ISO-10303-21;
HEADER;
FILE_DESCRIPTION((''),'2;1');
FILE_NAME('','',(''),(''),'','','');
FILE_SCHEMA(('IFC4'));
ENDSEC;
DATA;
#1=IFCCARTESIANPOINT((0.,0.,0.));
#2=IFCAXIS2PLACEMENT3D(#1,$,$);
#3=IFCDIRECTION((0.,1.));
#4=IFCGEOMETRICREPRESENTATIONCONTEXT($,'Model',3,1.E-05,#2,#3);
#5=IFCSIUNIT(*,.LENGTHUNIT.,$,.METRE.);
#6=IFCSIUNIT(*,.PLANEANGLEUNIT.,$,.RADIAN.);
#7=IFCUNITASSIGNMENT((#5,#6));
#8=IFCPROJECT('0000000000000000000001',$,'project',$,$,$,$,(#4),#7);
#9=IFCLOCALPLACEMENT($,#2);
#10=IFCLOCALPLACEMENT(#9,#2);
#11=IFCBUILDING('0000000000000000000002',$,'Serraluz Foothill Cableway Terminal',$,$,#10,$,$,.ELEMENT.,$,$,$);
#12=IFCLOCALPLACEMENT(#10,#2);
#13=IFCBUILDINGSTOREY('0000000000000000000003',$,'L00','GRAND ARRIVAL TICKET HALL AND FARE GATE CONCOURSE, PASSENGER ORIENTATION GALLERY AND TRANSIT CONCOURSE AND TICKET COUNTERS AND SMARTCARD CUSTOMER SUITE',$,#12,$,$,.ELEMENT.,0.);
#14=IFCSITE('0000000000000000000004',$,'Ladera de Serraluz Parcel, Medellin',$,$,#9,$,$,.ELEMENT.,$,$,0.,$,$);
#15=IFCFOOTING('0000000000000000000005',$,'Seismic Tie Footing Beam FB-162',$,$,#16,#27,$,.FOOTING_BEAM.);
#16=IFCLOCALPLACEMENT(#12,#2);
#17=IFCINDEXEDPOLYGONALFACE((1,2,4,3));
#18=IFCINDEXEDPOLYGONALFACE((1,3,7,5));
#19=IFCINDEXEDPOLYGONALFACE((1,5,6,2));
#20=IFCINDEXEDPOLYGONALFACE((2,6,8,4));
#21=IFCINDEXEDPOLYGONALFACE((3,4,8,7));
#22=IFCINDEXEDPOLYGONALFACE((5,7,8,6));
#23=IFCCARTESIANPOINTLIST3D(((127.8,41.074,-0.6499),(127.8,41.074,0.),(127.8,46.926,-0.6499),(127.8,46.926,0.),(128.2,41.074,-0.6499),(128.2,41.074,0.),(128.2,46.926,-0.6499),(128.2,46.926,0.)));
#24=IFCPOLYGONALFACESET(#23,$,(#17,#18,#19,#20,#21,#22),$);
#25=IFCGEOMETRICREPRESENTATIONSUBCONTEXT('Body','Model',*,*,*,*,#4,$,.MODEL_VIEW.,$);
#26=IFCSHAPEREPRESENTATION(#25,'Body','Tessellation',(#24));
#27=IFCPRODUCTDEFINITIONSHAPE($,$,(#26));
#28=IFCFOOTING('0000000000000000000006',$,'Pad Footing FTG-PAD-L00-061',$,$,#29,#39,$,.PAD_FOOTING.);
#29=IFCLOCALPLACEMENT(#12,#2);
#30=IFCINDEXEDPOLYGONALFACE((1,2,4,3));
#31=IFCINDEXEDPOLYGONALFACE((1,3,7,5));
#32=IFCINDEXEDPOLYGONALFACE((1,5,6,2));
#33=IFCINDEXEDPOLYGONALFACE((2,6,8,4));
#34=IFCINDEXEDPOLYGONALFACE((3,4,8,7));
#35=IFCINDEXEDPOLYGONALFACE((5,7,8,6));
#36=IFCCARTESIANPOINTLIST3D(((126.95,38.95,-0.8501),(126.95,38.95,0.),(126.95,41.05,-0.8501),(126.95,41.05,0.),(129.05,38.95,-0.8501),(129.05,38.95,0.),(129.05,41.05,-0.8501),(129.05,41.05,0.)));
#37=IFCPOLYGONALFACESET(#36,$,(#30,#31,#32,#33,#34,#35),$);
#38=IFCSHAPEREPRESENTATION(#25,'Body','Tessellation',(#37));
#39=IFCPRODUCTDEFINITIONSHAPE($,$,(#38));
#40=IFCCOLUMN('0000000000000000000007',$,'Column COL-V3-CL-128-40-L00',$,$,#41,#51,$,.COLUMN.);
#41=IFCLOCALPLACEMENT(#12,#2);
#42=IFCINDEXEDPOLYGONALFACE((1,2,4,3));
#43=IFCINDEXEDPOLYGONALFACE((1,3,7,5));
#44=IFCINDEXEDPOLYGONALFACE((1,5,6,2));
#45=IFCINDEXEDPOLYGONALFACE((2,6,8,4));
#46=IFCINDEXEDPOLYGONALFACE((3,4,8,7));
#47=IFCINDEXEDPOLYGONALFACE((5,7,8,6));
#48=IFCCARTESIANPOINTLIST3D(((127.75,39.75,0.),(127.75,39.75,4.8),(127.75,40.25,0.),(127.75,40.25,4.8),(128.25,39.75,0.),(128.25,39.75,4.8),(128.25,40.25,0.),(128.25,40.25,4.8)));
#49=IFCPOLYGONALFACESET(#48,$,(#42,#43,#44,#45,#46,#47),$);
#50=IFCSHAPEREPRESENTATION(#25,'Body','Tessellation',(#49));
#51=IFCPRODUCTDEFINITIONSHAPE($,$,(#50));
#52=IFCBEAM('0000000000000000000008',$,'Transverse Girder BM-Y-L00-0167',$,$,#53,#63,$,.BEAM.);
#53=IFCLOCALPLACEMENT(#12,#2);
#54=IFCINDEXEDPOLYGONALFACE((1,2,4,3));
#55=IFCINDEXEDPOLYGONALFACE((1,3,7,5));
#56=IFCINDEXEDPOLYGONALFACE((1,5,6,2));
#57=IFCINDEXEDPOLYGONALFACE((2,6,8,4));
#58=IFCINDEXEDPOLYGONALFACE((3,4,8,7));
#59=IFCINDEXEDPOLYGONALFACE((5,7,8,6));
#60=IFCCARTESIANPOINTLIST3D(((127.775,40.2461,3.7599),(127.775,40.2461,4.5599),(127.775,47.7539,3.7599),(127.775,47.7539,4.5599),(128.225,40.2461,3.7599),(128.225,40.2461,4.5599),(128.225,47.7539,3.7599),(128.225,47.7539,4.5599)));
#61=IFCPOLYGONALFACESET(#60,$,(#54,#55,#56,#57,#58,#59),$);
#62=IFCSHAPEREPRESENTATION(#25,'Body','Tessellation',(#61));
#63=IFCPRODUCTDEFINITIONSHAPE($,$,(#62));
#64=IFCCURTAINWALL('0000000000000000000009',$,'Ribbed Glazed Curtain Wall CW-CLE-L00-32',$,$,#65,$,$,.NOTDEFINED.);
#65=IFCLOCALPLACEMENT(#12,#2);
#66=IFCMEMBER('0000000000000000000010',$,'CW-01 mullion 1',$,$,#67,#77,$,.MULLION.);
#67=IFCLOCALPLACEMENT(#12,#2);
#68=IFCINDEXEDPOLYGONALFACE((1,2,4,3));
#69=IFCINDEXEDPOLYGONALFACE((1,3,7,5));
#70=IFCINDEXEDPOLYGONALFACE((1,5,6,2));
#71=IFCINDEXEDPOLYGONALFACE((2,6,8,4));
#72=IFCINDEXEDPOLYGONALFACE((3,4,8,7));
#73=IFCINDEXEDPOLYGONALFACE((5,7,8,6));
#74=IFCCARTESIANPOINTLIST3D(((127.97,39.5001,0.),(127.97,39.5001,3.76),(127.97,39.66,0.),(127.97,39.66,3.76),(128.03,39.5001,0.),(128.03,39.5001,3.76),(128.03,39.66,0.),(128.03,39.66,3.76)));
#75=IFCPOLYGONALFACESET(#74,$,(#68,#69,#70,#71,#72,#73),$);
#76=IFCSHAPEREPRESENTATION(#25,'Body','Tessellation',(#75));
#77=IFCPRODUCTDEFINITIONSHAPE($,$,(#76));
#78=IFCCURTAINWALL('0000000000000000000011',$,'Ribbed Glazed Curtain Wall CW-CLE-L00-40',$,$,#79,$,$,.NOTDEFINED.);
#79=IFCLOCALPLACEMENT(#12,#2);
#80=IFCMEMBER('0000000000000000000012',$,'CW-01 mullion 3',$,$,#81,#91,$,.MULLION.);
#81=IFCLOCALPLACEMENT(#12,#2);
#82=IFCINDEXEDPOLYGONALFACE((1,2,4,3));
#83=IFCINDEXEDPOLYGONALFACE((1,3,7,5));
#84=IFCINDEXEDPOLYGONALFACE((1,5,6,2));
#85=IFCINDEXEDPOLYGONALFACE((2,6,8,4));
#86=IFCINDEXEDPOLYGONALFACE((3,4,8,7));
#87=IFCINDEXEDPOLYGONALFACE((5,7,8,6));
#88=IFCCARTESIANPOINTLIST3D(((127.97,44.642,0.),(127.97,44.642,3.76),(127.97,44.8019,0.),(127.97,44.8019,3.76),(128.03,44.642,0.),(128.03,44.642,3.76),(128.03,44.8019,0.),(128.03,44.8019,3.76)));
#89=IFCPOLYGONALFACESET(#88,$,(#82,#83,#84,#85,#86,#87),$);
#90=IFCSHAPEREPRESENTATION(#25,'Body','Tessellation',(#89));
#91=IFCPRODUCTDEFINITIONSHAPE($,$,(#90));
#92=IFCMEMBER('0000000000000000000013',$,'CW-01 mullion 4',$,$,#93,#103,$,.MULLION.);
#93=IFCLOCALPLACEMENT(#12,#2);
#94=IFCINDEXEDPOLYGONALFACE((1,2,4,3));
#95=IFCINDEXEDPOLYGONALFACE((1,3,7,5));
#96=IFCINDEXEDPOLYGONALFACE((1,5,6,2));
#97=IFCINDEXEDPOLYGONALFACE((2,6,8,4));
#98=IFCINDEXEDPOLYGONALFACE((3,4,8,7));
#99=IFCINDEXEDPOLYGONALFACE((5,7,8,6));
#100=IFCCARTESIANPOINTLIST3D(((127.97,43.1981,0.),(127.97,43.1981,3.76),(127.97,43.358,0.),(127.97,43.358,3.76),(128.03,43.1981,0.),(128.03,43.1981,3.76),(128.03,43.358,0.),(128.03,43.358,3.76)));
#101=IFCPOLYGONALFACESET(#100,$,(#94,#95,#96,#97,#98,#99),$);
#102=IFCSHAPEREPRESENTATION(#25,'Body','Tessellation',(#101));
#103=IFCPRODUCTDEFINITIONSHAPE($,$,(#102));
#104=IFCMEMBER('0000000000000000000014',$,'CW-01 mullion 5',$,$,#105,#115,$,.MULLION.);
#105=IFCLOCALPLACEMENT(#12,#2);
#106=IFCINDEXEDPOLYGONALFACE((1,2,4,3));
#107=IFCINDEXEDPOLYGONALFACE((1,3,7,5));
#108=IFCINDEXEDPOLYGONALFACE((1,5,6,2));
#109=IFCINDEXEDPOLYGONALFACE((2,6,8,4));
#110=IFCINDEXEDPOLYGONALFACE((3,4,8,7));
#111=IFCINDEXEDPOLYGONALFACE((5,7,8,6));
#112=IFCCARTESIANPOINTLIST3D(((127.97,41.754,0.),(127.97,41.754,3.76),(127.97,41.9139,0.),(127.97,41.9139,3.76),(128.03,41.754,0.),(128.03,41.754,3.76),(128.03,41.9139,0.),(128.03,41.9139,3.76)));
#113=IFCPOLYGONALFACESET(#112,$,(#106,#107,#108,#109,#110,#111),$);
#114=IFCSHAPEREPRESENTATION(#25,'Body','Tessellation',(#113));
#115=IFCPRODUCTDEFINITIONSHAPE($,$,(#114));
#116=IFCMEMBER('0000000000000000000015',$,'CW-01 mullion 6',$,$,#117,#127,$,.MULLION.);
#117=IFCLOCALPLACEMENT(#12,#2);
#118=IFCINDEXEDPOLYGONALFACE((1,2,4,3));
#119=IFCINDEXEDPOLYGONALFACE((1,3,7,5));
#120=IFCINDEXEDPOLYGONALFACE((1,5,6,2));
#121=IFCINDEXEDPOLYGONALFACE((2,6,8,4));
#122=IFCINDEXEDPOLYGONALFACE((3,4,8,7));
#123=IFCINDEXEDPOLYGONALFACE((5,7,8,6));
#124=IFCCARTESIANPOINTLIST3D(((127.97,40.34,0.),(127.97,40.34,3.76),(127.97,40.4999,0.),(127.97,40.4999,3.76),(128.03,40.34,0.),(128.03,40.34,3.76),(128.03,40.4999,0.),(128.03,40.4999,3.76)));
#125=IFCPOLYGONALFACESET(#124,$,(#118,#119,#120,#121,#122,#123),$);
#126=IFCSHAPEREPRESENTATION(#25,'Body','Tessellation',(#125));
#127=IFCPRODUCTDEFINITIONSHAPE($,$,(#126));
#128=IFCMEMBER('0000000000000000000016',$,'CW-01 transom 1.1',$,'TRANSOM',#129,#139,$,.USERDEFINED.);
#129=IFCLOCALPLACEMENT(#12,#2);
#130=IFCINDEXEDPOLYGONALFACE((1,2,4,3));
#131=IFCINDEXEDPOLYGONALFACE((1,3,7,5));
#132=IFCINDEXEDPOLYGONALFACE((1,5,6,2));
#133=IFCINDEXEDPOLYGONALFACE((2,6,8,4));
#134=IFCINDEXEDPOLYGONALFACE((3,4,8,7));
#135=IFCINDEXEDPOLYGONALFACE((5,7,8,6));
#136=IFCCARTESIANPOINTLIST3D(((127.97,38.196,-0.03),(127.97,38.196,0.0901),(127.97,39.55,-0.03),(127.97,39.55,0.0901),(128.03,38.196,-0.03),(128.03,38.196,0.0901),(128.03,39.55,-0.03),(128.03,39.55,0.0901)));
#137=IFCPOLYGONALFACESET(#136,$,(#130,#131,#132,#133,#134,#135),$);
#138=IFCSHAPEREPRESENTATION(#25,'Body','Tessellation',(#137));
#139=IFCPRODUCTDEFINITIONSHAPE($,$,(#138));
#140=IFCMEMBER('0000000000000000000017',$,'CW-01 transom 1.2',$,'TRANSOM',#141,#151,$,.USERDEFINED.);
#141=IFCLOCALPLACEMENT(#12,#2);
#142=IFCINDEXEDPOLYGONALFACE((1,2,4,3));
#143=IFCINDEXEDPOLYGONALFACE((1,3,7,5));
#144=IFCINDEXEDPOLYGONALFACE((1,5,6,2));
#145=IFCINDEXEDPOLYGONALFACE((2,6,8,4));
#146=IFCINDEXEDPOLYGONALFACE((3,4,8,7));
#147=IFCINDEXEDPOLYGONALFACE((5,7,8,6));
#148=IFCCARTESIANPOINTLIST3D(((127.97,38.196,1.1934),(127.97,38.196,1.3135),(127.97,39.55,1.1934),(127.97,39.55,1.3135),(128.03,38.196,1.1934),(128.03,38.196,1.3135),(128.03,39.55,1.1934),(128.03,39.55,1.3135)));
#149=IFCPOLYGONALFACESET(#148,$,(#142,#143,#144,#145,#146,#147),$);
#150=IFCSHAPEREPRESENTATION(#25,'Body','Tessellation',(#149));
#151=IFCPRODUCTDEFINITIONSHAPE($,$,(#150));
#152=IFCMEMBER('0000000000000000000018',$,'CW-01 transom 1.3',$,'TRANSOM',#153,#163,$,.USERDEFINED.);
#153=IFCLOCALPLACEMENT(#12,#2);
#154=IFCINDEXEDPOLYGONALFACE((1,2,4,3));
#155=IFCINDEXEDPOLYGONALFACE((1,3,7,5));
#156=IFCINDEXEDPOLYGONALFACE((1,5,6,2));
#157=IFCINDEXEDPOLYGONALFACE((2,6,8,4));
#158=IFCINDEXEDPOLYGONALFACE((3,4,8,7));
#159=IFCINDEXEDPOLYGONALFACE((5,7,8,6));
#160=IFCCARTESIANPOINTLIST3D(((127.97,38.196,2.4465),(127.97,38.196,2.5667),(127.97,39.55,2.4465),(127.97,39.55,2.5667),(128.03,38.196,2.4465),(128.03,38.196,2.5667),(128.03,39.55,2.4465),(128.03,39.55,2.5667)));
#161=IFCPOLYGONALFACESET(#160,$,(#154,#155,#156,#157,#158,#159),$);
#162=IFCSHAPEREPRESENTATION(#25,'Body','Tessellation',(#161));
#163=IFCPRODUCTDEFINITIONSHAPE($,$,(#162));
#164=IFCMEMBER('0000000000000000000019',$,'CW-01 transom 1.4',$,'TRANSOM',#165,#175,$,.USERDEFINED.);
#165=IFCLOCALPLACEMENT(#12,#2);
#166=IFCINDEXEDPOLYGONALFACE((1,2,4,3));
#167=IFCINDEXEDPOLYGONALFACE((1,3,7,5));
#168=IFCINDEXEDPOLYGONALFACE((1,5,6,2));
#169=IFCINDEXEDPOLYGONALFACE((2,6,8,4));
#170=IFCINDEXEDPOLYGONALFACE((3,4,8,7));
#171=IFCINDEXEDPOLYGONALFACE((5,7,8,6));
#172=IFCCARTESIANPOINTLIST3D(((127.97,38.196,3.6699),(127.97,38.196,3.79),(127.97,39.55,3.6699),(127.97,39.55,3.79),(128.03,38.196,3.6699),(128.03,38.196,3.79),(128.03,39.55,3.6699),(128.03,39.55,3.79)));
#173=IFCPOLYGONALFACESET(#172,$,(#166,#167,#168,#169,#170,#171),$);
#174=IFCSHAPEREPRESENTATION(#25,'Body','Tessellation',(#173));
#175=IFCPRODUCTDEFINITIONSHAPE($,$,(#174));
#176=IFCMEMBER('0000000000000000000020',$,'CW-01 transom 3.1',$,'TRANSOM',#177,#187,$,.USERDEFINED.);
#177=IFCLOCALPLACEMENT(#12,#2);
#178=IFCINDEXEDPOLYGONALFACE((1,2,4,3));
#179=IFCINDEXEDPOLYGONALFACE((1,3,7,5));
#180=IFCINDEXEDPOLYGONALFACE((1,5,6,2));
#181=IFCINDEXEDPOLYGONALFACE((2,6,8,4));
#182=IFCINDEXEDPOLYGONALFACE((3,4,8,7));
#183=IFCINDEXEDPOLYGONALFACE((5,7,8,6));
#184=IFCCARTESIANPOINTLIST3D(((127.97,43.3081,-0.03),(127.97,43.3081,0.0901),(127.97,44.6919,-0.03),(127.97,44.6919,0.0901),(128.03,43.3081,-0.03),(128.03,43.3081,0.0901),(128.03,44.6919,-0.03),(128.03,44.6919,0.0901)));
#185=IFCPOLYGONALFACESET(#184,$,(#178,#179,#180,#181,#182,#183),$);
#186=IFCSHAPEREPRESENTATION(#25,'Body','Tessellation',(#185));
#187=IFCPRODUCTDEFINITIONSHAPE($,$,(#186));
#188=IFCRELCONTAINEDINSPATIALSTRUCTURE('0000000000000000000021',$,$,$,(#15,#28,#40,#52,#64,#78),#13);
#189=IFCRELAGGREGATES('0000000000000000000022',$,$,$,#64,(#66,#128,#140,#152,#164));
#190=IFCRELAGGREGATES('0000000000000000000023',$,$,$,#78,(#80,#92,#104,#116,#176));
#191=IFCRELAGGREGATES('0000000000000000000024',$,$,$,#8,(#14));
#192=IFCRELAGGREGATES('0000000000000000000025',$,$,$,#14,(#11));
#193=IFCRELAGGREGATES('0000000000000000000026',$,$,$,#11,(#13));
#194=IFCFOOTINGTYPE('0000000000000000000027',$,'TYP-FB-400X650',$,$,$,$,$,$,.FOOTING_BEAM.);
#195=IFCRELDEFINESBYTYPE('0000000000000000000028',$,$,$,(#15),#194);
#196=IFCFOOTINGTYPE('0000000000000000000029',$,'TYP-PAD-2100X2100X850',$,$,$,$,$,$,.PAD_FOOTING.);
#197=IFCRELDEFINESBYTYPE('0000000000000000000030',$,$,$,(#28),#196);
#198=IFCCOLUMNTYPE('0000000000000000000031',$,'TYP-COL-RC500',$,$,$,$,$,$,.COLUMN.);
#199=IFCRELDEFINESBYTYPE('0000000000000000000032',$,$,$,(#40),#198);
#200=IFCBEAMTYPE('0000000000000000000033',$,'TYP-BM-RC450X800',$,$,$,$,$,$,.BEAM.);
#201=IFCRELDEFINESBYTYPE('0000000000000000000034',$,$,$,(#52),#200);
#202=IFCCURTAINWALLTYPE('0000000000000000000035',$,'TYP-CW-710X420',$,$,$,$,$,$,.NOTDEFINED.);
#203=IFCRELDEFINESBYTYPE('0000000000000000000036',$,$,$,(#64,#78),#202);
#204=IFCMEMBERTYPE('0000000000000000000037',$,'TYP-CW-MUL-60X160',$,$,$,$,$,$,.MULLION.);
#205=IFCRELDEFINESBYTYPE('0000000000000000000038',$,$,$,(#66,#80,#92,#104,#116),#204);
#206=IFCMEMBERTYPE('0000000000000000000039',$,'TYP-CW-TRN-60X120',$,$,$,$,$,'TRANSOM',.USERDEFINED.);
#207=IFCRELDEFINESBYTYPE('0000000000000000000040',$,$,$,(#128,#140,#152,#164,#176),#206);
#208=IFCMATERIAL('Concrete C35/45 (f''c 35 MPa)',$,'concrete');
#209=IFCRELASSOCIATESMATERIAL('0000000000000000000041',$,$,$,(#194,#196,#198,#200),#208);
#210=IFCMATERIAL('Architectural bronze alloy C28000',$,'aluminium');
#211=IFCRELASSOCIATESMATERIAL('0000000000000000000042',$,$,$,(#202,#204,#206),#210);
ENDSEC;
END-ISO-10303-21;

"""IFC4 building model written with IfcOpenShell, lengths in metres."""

from ifc_helpers import new_model, si_unit, direction, frame, origin, origin_2d, place, context, subcontext, project, spatial, rectangle, extrude, material, material_profile, profile_set, type_object, element, aggregate, save


model = new_model("IFC4")

# Units and contexts
model_context = context("Model", 3, precision=1e-05, world=origin(), true_north=direction((0.0, 1.0)))
body_context = subcontext(model_context, "Body", "Model", "MODEL_VIEW")
ifc_project = project(units=[si_unit("LENGTHUNIT", "METRE"), si_unit("PLANEANGLEUNIT", "RADIAN")], contexts=[model_context])

# Site, building, storey
site_placement = place(None, origin())
site = spatial("IfcSite", under=ifc_project, at=site_placement, Name="Ladera de Serraluz Parcel, Medellin", CompositionType="ELEMENT", RefElevation=0.0)
building_placement = place(site_placement, origin())
building = spatial("IfcBuilding", under=site, at=building_placement, Name="Serraluz Foothill Cableway Terminal", CompositionType="ELEMENT")
storey_placement = place(building_placement, origin())
storey = spatial("IfcBuildingStorey", under=building, at=storey_placement, Name="L00", Description="GRAND ARRIVAL TICKET HALL AND FARE GATE CONCOURSE, PASSENGER ORIENTATION GALLERY AND TRANSIT CONCOURSE AND TICKET COUNTERS AND SMARTCARD CUSTOMER SUITE", CompositionType="ELEMENT", Elevation=0.0)

# Footings
ifc_material_1 = material(Name="Concrete C35/45 (f'c 35 MPa)", Category="concrete")
ifc_material_profile_1 = material_profile(ifc_material_1, rectangle(XDim=0.3999, YDim=0.6499, at=origin_2d()), Name="RC 400x650")
ifc_profile_set_1 = profile_set([ifc_material_profile_1], Name="Concrete C35/45 (f'c 35 MPa)")
footing_type_1 = type_object("IfcFootingType", Name="TYP-FB-400X650", PredefinedType="FOOTING_BEAM", material=ifc_profile_set_1)
footing_1_placement = place(storey_placement, frame((128.0, 41.074, -0.325), z_axis=(0.0, 1.0, 0.0), x_axis=(-1.0, 0.0, 0.0)))
element("IfcFooting", 1, at=footing_1_placement, inside=storey, type_object=footing_type_1, Name="Seismic Tie Footing Beam FB-162", PredefinedType="FOOTING_BEAM", context=body_context, shape_type="SweptSolid", body=[
    extrude(rectangle(XDim=0.3999, YDim=0.6499, at=origin_2d()), origin(), (0.0, 0.0, 1.0), 5.8521),
])
footing_type_2 = type_object("IfcFootingType", Name="TYP-PAD-2100X2100X850", PredefinedType="PAD_FOOTING", material=ifc_material_1)
footing_2_placement = place(storey_placement, frame((128.0, 40.0, -0.8501), z_axis=(0.0, 0.0, 1.0), x_axis=(1.0, 0.0, 0.0)))
element("IfcFooting", 2, at=footing_2_placement, inside=storey, type_object=footing_type_2, Name="Pad Footing FTG-PAD-L00-061", PredefinedType="PAD_FOOTING", context=body_context, shape_type="SweptSolid", body=[
    extrude(rectangle(XDim=2.1001, YDim=2.1001, at=origin_2d()), origin(), (0.0, 0.0, 1.0), 0.8501),
])

# Column
ifc_material_profile_2 = material_profile(ifc_material_1, rectangle(XDim=0.5, YDim=0.5, at=origin_2d()), Name="RC 500x500")
ifc_profile_set_2 = profile_set([ifc_material_profile_2], Name="Concrete C35/45 (f'c 35 MPa)")
column_type = type_object("IfcColumnType", Name="TYP-COL-RC500", PredefinedType="COLUMN", material=ifc_profile_set_2)
column_placement = place(storey_placement, frame((128.0, 40.0, 0.0), z_axis=(0.0, 0.0, 1.0), x_axis=(1.0, 0.0, 0.0)))
element("IfcColumn", 3, at=column_placement, inside=storey, type_object=column_type, Name="Column COL-V3-CL-128-40-L00", PredefinedType="COLUMN", context=body_context, shape_type="SweptSolid", body=[
    extrude(rectangle(XDim=0.5, YDim=0.5, at=origin_2d()), origin(), (0.0, 0.0, 1.0), 4.8),
])

# Beam
ifc_material_profile_3 = material_profile(ifc_material_1, rectangle(XDim=0.45, YDim=0.8, at=origin_2d()), Name="RC 450x800")
ifc_profile_set_3 = profile_set([ifc_material_profile_3], Name="Concrete C35/45 (f'c 35 MPa)")
beam_type = type_object("IfcBeamType", Name="TYP-BM-RC450X800", PredefinedType="BEAM", material=ifc_profile_set_3)
beam_placement = place(storey_placement, frame((128.0, 40.2461, 4.1599), z_axis=(0.0, 1.0, 0.0), x_axis=(-1.0, 0.0, 0.0)))
element("IfcBeam", 4, at=beam_placement, inside=storey, type_object=beam_type, Name="Transverse Girder BM-Y-L00-0167", PredefinedType="BEAM", context=body_context, shape_type="SweptSolid", body=[
    extrude(rectangle(XDim=0.45, YDim=0.8, at=origin_2d()), origin(), (0.0, 0.0, 1.0), 7.5078),
])

# Curtain wall, member
ifc_material_2 = material(Name="Architectural bronze alloy C28000", Category="aluminium")
curtain_wall_type = type_object("IfcCurtainWallType", Name="TYP-CW-710X420", PredefinedType="NOTDEFINED", material=ifc_material_2)
curtain_wall_1_placement = place(storey_placement, origin())
curtain_wall_1 = element("IfcCurtainWall", 5, at=curtain_wall_1_placement, inside=storey, type_object=curtain_wall_type, Name="Ribbed Glazed Curtain Wall CW-CLE-L00-32", PredefinedType="NOTDEFINED")
ifc_material_profile_4 = material_profile(ifc_material_2, rectangle(XDim=0.0601, YDim=0.1599, at=origin_2d()), Name="ALU MULLION 60x160")
ifc_profile_set_4 = profile_set([ifc_material_profile_4], Name="Architectural bronze alloy C28000")
member_type_1 = type_object("IfcMemberType", Name="TYP-CW-MUL-60X160", PredefinedType="MULLION", material=ifc_profile_set_4)
member_1_placement = place(storey_placement, frame((128.0, 39.5801, 0.0), z_axis=(0.0, 0.0, 1.0), x_axis=(1.0, 0.0, 0.0)))
member_1 = element("IfcMember", 6, at=member_1_placement, type_object=member_type_1, Name="CW-01 mullion 1", PredefinedType="MULLION", context=body_context, shape_type="SweptSolid", body=[
    extrude(rectangle(XDim=0.0601, YDim=0.1599, at=origin_2d()), origin(), (0.0, 0.0, 1.0), 3.76),
])

# Curtain wall, members
curtain_wall_2_placement = place(storey_placement, origin())
curtain_wall_2 = element("IfcCurtainWall", 7, at=curtain_wall_2_placement, inside=storey, type_object=curtain_wall_type, Name="Ribbed Glazed Curtain Wall CW-CLE-L00-40", PredefinedType="NOTDEFINED")
member_2_placement = place(storey_placement, frame((128.0, 44.7219, 0.0), z_axis=(0.0, 0.0, 1.0), x_axis=(1.0, 0.0, 0.0)))
member_2 = element("IfcMember", 8, at=member_2_placement, type_object=member_type_1, Name="CW-01 mullion 3", PredefinedType="MULLION", context=body_context, shape_type="SweptSolid", body=[
    extrude(rectangle(XDim=0.0601, YDim=0.1599, at=origin_2d()), origin(), (0.0, 0.0, 1.0), 3.76),
])
member_3_placement = place(storey_placement, frame((128.0, 43.2781, 0.0), z_axis=(0.0, 0.0, 1.0), x_axis=(1.0, 0.0, 0.0)))
member_3 = element("IfcMember", 9, at=member_3_placement, type_object=member_type_1, Name="CW-01 mullion 4", PredefinedType="MULLION", context=body_context, shape_type="SweptSolid", body=[
    extrude(rectangle(XDim=0.0601, YDim=0.1599, at=origin_2d()), origin(), (0.0, 0.0, 1.0), 3.76),
])
member_4_placement = place(storey_placement, frame((128.0, 41.834, 0.0), z_axis=(0.0, 0.0, 1.0), x_axis=(1.0, 0.0, 0.0)))
member_4 = element("IfcMember", 10, at=member_4_placement, type_object=member_type_1, Name="CW-01 mullion 5", PredefinedType="MULLION", context=body_context, shape_type="SweptSolid", body=[
    extrude(rectangle(XDim=0.0601, YDim=0.1599, at=origin_2d()), origin(), (0.0, 0.0, 1.0), 3.76),
])
member_5_placement = place(storey_placement, frame((128.0, 40.4199, 0.0), z_axis=(0.0, 0.0, 1.0), x_axis=(1.0, 0.0, 0.0)))
member_5 = element("IfcMember", 11, at=member_5_placement, type_object=member_type_1, Name="CW-01 mullion 6", PredefinedType="MULLION", context=body_context, shape_type="SweptSolid", body=[
    extrude(rectangle(XDim=0.0601, YDim=0.1599, at=origin_2d()), origin(), (0.0, 0.0, 1.0), 3.76),
])

# Members
ifc_material_profile_5 = material_profile(ifc_material_2, rectangle(XDim=0.0601, YDim=0.1201, at=origin_2d()), Name="ALU TRANSOM 60x120")
ifc_profile_set_5 = profile_set([ifc_material_profile_5], Name="Architectural bronze alloy C28000")
member_type_2 = type_object("IfcMemberType", Name="TYP-CW-TRN-60X120", ElementType="TRANSOM", PredefinedType="USERDEFINED", material=ifc_profile_set_5)
member_6_placement = place(storey_placement, frame((128.0, 39.55, 0.03), z_axis=(0.0, -1.0, 0.0), x_axis=(1.0, 0.0, 0.0)))
member_6 = element("IfcMember", 12, at=member_6_placement, type_object=member_type_2, Name="CW-01 transom 1.1", ObjectType="TRANSOM", PredefinedType="USERDEFINED", context=body_context, shape_type="SweptSolid", body=[
    extrude(rectangle(XDim=0.0601, YDim=0.1201, at=origin_2d()), origin(), (0.0, 0.0, 1.0), 1.354),
])
member_7_placement = place(storey_placement, frame((128.0, 39.55, 1.2534), z_axis=(0.0, -1.0, 0.0), x_axis=(1.0, 0.0, 0.0)))
member_7 = element("IfcMember", 13, at=member_7_placement, type_object=member_type_2, Name="CW-01 transom 1.2", ObjectType="TRANSOM", PredefinedType="USERDEFINED", context=body_context, shape_type="SweptSolid", body=[
    extrude(rectangle(XDim=0.0601, YDim=0.1201, at=origin_2d()), origin(), (0.0, 0.0, 1.0), 1.354),
])
member_8_placement = place(storey_placement, frame((128.0, 39.55, 2.5066), z_axis=(0.0, -1.0, 0.0), x_axis=(1.0, 0.0, 0.0)))
member_8 = element("IfcMember", 14, at=member_8_placement, type_object=member_type_2, Name="CW-01 transom 1.3", ObjectType="TRANSOM", PredefinedType="USERDEFINED", context=body_context, shape_type="SweptSolid", body=[
    extrude(rectangle(XDim=0.0601, YDim=0.1201, at=origin_2d()), origin(), (0.0, 0.0, 1.0), 1.354),
])
member_9_placement = place(storey_placement, frame((128.0, 39.55, 3.73), z_axis=(0.0, -1.0, 0.0), x_axis=(1.0, 0.0, 0.0)))
member_9 = element("IfcMember", 15, at=member_9_placement, type_object=member_type_2, Name="CW-01 transom 1.4", ObjectType="TRANSOM", PredefinedType="USERDEFINED", context=body_context, shape_type="SweptSolid", body=[
    extrude(rectangle(XDim=0.0601, YDim=0.1201, at=origin_2d()), origin(), (0.0, 0.0, 1.0), 1.354),
])
member_10_placement = place(storey_placement, frame((128.0, 44.6919, 0.03), z_axis=(0.0, -1.0, 0.0), x_axis=(1.0, 0.0, 0.0)))
member_10 = element("IfcMember", 16, at=member_10_placement, type_object=member_type_2, Name="CW-01 transom 3.1", ObjectType="TRANSOM", PredefinedType="USERDEFINED", context=body_context, shape_type="SweptSolid", body=[
    extrude(rectangle(XDim=0.0601, YDim=0.1201, at=origin_2d()), origin(), (0.0, 0.0, 1.0), 1.3838),
])

aggregate(curtain_wall_1, [member_1, member_6, member_7, member_8, member_9])
aggregate(curtain_wall_2, [member_2, member_3, member_4, member_5, member_10])

save(model, "model.ifc")
